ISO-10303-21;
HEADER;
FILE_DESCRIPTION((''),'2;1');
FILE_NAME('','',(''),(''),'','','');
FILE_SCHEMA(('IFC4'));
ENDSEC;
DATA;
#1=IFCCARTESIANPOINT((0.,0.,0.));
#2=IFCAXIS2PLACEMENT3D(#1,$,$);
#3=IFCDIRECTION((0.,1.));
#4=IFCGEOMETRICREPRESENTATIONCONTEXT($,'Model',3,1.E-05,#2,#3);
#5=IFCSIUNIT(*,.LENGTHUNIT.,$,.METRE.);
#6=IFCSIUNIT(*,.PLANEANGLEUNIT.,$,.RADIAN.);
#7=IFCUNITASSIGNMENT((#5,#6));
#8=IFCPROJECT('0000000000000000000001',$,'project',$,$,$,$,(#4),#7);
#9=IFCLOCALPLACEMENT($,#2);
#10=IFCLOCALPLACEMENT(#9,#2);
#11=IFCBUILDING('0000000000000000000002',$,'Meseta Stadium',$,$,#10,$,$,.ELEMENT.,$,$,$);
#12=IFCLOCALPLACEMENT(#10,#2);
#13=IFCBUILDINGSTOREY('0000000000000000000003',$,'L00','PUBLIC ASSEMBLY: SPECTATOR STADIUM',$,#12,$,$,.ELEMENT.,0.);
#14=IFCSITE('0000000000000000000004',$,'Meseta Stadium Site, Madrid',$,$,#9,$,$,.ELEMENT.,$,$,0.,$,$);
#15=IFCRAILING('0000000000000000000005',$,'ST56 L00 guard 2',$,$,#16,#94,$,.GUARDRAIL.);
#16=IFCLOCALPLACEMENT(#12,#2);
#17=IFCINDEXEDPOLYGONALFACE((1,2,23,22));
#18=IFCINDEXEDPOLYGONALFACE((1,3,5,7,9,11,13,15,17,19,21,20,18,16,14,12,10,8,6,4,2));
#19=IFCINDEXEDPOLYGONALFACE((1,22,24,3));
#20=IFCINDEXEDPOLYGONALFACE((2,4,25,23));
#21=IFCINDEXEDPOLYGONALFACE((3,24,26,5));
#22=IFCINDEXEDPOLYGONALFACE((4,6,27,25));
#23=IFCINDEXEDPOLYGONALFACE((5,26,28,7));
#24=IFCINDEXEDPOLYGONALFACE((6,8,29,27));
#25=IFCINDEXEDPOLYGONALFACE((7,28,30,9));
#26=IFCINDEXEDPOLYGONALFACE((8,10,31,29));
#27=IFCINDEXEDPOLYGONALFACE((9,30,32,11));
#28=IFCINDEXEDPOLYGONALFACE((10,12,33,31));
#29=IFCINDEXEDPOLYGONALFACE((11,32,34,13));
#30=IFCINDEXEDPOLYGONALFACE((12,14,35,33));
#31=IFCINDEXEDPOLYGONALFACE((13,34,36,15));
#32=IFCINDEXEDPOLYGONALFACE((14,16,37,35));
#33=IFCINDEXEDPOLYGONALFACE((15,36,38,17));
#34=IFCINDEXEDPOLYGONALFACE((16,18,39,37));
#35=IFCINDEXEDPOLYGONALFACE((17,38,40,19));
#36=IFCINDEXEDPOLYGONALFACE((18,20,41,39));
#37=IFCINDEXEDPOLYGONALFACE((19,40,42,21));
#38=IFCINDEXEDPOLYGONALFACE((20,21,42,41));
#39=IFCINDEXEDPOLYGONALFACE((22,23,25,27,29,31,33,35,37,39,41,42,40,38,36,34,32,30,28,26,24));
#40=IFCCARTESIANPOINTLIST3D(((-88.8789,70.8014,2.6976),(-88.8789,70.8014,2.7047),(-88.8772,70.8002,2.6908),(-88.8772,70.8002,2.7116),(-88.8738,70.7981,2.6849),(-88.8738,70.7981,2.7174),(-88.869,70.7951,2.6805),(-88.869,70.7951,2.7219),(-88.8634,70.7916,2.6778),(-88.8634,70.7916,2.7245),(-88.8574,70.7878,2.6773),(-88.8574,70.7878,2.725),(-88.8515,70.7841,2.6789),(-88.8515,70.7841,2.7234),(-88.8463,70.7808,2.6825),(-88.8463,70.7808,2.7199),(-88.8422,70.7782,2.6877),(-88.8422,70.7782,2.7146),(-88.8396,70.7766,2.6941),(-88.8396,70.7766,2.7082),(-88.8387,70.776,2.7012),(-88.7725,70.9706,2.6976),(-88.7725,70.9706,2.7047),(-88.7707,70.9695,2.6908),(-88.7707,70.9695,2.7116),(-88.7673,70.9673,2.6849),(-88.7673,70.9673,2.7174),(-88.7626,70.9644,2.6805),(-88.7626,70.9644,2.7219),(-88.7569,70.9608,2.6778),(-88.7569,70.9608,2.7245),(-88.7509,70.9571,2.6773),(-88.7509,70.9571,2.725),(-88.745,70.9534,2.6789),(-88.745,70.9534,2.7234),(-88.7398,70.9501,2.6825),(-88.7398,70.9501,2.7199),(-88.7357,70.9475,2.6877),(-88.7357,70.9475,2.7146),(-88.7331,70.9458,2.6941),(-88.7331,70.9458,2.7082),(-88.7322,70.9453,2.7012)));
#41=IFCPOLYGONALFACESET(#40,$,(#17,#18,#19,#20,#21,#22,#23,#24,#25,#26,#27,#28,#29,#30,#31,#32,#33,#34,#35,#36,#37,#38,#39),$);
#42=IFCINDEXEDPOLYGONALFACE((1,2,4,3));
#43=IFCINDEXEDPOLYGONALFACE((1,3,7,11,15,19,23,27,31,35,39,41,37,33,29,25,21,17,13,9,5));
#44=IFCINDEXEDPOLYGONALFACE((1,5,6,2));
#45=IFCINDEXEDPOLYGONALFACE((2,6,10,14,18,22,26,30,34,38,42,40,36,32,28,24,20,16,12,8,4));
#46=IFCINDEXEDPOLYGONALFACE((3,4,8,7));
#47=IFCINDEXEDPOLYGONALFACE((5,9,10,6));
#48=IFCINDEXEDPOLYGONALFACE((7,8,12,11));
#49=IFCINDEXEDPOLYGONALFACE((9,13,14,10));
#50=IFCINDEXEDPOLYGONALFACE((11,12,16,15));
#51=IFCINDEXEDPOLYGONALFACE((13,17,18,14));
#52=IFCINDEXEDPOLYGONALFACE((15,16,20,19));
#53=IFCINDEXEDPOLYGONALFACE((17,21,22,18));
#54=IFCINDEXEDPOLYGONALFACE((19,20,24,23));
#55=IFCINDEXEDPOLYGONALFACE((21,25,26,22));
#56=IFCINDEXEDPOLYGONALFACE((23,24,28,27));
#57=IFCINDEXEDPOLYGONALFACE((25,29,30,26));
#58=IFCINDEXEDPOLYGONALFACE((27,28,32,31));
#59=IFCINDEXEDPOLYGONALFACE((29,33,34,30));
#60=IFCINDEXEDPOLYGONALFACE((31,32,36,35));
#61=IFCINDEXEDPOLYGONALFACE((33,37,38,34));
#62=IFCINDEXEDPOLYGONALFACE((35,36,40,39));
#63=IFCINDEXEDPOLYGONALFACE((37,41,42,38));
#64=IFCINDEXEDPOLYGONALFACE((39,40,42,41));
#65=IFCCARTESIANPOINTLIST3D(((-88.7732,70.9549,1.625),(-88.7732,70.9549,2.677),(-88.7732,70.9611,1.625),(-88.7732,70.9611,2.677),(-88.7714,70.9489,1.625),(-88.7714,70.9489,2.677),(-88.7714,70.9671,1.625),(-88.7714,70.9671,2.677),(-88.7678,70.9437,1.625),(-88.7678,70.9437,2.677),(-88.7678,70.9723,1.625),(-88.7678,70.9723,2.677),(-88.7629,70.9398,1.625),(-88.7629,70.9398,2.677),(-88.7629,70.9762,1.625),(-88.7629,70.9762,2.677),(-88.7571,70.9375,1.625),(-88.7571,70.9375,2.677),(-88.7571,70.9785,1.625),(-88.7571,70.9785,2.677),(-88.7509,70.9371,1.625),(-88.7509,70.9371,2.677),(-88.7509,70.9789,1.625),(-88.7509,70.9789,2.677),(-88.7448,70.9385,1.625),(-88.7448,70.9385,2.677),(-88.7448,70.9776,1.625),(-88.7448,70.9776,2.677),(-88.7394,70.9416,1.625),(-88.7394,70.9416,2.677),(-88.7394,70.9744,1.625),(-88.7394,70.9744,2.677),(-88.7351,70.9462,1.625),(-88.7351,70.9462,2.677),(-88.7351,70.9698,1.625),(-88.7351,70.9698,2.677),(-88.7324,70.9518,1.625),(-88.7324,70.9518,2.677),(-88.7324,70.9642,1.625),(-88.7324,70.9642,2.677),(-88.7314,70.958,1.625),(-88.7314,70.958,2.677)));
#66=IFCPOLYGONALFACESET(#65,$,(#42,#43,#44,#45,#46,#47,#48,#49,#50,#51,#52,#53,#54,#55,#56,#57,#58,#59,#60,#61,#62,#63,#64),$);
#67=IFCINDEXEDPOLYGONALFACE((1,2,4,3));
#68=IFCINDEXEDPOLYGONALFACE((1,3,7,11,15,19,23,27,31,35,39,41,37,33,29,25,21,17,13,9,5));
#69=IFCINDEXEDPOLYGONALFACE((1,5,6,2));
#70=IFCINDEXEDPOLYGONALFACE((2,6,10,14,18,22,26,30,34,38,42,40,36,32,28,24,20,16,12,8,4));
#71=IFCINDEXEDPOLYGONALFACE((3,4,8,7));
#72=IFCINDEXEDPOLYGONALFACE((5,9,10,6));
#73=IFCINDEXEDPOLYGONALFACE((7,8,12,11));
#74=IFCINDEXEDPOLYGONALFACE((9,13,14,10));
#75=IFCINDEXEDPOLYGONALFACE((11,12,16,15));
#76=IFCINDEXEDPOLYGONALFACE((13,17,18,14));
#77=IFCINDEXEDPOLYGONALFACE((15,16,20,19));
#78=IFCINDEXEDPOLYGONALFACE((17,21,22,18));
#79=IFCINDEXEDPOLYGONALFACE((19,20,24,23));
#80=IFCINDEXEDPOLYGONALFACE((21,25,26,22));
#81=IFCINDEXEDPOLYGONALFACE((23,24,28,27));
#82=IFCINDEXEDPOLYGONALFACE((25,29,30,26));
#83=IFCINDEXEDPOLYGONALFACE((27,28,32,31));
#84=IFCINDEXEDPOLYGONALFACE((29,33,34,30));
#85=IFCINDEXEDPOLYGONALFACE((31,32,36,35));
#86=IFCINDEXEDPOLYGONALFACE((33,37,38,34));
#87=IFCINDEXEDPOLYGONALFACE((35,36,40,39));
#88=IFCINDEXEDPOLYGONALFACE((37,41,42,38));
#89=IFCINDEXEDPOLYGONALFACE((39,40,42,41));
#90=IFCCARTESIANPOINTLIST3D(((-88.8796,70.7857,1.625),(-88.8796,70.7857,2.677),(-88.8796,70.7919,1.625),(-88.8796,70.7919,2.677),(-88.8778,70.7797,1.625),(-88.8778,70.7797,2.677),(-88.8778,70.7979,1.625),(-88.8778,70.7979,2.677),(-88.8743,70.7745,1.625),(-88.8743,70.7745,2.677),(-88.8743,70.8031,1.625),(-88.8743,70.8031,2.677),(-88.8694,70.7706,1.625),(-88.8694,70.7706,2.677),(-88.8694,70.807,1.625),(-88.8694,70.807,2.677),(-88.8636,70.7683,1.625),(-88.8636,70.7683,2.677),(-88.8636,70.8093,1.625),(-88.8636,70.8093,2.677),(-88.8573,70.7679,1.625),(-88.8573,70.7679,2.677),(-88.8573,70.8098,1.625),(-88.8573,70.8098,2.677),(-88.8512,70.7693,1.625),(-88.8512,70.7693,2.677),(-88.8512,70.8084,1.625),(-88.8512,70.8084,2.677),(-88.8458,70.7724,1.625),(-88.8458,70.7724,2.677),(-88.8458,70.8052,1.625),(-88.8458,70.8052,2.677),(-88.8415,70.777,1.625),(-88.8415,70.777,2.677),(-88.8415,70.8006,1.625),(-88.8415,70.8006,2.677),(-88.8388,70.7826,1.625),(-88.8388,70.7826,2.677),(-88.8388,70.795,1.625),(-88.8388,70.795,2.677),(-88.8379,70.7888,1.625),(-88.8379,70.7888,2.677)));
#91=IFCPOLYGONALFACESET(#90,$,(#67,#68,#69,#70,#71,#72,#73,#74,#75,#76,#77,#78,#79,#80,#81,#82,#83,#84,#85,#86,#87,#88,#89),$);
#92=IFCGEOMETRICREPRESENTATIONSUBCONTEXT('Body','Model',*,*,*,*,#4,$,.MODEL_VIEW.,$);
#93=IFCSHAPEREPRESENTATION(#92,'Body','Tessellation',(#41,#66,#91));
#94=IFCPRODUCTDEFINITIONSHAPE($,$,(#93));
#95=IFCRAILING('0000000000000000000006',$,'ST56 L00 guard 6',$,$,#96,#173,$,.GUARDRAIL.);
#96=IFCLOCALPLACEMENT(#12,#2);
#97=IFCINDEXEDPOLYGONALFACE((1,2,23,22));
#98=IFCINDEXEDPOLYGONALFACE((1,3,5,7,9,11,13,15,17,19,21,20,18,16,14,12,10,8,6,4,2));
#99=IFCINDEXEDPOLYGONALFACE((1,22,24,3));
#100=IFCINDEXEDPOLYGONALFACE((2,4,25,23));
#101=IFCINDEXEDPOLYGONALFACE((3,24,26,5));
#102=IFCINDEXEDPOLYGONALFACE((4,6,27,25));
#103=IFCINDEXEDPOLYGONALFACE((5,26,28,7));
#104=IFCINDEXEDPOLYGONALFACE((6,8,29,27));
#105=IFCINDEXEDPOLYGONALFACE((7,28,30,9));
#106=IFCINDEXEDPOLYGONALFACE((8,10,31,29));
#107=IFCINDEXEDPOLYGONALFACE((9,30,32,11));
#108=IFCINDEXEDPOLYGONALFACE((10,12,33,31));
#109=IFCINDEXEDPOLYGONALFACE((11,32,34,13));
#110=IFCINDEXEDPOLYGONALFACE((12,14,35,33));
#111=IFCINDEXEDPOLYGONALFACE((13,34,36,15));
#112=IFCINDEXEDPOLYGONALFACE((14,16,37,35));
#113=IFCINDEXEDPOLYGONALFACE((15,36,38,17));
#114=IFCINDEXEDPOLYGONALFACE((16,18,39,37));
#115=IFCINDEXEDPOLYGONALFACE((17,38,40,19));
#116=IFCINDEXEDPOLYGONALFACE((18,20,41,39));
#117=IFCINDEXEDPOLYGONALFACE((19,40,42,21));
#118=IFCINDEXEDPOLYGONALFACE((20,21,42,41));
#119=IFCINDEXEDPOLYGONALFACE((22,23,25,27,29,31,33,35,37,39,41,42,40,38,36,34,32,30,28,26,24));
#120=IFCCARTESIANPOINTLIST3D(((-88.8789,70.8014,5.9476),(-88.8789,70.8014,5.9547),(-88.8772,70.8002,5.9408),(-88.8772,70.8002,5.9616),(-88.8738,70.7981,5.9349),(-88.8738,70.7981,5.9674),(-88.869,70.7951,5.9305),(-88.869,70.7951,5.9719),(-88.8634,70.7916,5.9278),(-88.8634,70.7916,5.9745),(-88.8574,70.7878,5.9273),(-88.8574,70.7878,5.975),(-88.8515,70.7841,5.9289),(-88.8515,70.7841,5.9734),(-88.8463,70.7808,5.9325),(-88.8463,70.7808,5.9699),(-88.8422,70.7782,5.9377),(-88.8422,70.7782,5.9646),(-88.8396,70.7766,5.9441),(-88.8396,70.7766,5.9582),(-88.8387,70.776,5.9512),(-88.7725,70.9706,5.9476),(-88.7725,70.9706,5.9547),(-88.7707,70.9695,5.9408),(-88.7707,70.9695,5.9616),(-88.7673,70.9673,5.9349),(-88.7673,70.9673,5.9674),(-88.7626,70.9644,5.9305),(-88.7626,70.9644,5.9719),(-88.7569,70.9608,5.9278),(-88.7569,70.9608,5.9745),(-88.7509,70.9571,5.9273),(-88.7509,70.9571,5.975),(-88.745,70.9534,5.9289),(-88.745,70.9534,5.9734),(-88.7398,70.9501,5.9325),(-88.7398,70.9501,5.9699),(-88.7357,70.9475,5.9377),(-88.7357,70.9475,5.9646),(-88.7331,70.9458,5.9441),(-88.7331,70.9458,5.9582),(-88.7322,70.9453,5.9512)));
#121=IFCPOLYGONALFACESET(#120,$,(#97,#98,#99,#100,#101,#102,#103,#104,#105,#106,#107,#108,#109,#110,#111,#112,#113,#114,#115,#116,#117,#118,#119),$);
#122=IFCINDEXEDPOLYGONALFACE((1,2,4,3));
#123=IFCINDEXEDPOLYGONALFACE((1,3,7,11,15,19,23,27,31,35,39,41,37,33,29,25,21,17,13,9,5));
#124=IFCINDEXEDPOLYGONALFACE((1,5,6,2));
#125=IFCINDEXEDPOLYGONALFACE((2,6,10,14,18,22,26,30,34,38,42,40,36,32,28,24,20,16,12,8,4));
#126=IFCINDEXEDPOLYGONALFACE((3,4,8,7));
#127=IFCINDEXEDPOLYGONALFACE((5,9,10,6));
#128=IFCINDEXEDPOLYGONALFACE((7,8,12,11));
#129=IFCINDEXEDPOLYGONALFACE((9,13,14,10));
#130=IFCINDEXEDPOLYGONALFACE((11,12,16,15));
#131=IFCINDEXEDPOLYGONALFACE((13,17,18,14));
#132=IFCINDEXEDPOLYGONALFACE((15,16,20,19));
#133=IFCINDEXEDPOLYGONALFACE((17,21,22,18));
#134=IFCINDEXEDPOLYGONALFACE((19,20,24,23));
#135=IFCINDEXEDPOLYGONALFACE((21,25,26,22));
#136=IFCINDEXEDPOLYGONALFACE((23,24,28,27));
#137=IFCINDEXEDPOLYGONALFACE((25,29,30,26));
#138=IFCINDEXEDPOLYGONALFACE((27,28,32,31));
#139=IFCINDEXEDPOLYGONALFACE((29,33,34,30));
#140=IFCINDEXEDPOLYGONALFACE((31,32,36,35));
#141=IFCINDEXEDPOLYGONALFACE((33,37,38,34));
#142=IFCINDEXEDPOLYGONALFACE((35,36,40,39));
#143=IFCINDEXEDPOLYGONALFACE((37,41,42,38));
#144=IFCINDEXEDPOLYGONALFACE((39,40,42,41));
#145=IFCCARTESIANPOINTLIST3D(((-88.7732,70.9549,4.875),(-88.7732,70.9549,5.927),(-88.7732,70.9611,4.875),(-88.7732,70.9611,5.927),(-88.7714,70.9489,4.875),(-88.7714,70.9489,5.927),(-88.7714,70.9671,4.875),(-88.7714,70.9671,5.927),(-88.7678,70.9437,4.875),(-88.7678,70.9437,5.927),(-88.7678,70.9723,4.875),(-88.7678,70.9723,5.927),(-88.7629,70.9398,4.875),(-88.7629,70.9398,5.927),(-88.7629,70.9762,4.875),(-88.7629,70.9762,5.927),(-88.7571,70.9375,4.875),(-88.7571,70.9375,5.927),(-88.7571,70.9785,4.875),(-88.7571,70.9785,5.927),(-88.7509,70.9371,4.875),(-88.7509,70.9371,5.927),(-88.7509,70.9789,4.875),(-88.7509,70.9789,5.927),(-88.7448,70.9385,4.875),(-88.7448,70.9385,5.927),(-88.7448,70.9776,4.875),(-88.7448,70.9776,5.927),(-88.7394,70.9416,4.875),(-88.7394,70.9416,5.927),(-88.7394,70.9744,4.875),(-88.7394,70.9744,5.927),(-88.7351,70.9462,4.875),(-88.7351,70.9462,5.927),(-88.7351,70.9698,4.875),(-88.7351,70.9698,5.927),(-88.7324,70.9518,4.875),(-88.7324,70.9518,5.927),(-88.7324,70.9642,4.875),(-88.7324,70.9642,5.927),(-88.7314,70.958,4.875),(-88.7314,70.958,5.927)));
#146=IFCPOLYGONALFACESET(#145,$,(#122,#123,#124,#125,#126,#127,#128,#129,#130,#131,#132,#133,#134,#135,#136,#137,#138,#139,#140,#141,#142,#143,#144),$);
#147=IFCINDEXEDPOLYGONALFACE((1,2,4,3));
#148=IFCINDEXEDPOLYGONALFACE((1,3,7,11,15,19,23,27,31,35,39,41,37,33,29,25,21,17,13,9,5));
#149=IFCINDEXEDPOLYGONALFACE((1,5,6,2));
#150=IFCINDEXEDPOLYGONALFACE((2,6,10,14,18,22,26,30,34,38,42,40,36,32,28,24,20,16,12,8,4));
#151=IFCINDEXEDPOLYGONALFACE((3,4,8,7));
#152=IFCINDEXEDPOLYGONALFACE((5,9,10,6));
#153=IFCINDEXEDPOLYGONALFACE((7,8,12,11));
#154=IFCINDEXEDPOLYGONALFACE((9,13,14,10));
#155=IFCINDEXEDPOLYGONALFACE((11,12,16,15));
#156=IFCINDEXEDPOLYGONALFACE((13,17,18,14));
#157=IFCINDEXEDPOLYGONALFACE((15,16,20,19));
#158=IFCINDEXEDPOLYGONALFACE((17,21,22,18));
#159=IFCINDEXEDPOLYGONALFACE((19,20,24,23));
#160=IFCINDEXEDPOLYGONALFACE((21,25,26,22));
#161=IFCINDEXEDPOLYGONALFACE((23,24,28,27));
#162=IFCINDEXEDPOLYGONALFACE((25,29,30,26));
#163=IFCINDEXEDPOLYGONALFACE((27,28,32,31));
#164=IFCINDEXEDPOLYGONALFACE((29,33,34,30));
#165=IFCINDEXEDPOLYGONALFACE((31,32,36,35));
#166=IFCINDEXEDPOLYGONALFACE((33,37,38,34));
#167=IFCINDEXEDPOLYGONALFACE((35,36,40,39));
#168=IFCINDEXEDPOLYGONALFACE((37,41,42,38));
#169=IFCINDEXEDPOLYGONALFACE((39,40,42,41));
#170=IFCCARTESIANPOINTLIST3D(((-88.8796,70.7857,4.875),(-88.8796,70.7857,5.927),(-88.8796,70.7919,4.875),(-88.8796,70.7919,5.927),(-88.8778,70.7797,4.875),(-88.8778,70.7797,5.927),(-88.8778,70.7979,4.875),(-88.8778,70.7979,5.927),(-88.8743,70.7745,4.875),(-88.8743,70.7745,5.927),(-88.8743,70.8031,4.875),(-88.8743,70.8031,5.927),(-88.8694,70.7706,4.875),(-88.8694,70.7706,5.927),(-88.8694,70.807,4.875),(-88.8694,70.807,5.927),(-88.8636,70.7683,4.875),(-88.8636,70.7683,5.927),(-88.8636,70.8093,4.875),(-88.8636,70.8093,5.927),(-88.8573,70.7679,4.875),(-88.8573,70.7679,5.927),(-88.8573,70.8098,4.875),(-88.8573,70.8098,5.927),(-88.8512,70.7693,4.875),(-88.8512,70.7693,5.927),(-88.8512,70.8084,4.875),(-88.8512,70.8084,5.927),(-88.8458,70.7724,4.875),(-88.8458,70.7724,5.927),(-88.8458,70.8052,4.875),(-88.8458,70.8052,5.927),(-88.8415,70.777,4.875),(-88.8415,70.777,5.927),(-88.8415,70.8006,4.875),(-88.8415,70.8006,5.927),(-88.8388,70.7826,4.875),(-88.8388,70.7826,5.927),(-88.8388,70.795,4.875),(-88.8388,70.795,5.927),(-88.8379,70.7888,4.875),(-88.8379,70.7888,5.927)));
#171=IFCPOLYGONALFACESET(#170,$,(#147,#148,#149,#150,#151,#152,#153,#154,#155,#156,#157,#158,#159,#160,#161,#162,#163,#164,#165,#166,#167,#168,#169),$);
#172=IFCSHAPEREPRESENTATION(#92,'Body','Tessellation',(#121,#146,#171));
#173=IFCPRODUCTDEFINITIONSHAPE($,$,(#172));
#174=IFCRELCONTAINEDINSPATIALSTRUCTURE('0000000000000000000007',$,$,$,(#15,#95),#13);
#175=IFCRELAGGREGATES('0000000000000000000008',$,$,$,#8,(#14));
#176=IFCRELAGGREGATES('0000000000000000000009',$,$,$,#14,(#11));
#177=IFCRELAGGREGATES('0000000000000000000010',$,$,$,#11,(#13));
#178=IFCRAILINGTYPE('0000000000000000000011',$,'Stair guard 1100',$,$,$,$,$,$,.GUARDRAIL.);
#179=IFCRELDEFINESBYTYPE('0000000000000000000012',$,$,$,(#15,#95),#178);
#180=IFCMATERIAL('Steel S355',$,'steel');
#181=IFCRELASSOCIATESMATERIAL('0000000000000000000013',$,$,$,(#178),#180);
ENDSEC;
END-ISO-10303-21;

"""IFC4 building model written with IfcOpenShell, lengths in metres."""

from ifc_helpers import new_model, si_unit, direction, frame, origin, origin_2d, place, context, subcontext, project, spatial, circle, extrude, material, type_object, element, save


model = new_model("IFC4")

# Units and contexts
model_context = context("Model", 3, precision=1e-05, world=origin(), true_north=direction((0.0, 1.0)))
body_context = subcontext(model_context, "Body", "Model", "MODEL_VIEW")
ifc_project = project(units=[si_unit("LENGTHUNIT", "METRE"), si_unit("PLANEANGLEUNIT", "RADIAN")], contexts=[model_context])

# Site, building, storey
site_placement = place(None, origin())
site = spatial("IfcSite", under=ifc_project, at=site_placement, Name="Meseta Stadium Site, Madrid", CompositionType="ELEMENT", RefElevation=0.0)
building_placement = place(site_placement, origin())
building = spatial("IfcBuilding", under=site, at=building_placement, Name="Meseta Stadium", CompositionType="ELEMENT")
storey_placement = place(building_placement, origin())
storey = spatial("IfcBuildingStorey", under=building, at=storey_placement, Name="L00", Description="PUBLIC ASSEMBLY: SPECTATOR STADIUM", CompositionType="ELEMENT", Elevation=0.0)

# Railings
ifc_material_1 = material(Name="Steel S355", Category="steel")
railing_type = type_object("IfcRailingType", Name="Stair guard 1100", PredefinedType="GUARDRAIL", material=ifc_material_1)
for number, where, name in (
    (1, (-88.7524, 70.958, 1.625), "ST56 L00 guard 2"),
    (2, (-88.7524, 70.958, 4.875), "ST56 L00 guard 6"),
):
    element("IfcRailing", number, at=place(storey_placement, frame(where)), inside=storey, type_object=railing_type, Name=name, PredefinedType="GUARDRAIL", context=body_context, shape_type="SweptSolid", body=[
        extrude(circle(Radius=0.0239, at=origin_2d()), frame((0.0, 0.0, 1.0762), z_axis=(-0.532522, -0.846416, 0.0), x_axis=(0.846416, -0.532522, 0.0)), (0.0, 0.0, 1.0), 0.2),
        extrude(circle(Radius=0.021, at=origin_2d()), origin(), (0.0, 0.0, 1.0), 1.052),
        extrude(circle(Radius=0.021, at=origin_2d()), frame((-0.1064, -0.1692, 0.0)), (0.0, 0.0, 1.0), 1.052),
    ])

save(model, "model.ifc")
